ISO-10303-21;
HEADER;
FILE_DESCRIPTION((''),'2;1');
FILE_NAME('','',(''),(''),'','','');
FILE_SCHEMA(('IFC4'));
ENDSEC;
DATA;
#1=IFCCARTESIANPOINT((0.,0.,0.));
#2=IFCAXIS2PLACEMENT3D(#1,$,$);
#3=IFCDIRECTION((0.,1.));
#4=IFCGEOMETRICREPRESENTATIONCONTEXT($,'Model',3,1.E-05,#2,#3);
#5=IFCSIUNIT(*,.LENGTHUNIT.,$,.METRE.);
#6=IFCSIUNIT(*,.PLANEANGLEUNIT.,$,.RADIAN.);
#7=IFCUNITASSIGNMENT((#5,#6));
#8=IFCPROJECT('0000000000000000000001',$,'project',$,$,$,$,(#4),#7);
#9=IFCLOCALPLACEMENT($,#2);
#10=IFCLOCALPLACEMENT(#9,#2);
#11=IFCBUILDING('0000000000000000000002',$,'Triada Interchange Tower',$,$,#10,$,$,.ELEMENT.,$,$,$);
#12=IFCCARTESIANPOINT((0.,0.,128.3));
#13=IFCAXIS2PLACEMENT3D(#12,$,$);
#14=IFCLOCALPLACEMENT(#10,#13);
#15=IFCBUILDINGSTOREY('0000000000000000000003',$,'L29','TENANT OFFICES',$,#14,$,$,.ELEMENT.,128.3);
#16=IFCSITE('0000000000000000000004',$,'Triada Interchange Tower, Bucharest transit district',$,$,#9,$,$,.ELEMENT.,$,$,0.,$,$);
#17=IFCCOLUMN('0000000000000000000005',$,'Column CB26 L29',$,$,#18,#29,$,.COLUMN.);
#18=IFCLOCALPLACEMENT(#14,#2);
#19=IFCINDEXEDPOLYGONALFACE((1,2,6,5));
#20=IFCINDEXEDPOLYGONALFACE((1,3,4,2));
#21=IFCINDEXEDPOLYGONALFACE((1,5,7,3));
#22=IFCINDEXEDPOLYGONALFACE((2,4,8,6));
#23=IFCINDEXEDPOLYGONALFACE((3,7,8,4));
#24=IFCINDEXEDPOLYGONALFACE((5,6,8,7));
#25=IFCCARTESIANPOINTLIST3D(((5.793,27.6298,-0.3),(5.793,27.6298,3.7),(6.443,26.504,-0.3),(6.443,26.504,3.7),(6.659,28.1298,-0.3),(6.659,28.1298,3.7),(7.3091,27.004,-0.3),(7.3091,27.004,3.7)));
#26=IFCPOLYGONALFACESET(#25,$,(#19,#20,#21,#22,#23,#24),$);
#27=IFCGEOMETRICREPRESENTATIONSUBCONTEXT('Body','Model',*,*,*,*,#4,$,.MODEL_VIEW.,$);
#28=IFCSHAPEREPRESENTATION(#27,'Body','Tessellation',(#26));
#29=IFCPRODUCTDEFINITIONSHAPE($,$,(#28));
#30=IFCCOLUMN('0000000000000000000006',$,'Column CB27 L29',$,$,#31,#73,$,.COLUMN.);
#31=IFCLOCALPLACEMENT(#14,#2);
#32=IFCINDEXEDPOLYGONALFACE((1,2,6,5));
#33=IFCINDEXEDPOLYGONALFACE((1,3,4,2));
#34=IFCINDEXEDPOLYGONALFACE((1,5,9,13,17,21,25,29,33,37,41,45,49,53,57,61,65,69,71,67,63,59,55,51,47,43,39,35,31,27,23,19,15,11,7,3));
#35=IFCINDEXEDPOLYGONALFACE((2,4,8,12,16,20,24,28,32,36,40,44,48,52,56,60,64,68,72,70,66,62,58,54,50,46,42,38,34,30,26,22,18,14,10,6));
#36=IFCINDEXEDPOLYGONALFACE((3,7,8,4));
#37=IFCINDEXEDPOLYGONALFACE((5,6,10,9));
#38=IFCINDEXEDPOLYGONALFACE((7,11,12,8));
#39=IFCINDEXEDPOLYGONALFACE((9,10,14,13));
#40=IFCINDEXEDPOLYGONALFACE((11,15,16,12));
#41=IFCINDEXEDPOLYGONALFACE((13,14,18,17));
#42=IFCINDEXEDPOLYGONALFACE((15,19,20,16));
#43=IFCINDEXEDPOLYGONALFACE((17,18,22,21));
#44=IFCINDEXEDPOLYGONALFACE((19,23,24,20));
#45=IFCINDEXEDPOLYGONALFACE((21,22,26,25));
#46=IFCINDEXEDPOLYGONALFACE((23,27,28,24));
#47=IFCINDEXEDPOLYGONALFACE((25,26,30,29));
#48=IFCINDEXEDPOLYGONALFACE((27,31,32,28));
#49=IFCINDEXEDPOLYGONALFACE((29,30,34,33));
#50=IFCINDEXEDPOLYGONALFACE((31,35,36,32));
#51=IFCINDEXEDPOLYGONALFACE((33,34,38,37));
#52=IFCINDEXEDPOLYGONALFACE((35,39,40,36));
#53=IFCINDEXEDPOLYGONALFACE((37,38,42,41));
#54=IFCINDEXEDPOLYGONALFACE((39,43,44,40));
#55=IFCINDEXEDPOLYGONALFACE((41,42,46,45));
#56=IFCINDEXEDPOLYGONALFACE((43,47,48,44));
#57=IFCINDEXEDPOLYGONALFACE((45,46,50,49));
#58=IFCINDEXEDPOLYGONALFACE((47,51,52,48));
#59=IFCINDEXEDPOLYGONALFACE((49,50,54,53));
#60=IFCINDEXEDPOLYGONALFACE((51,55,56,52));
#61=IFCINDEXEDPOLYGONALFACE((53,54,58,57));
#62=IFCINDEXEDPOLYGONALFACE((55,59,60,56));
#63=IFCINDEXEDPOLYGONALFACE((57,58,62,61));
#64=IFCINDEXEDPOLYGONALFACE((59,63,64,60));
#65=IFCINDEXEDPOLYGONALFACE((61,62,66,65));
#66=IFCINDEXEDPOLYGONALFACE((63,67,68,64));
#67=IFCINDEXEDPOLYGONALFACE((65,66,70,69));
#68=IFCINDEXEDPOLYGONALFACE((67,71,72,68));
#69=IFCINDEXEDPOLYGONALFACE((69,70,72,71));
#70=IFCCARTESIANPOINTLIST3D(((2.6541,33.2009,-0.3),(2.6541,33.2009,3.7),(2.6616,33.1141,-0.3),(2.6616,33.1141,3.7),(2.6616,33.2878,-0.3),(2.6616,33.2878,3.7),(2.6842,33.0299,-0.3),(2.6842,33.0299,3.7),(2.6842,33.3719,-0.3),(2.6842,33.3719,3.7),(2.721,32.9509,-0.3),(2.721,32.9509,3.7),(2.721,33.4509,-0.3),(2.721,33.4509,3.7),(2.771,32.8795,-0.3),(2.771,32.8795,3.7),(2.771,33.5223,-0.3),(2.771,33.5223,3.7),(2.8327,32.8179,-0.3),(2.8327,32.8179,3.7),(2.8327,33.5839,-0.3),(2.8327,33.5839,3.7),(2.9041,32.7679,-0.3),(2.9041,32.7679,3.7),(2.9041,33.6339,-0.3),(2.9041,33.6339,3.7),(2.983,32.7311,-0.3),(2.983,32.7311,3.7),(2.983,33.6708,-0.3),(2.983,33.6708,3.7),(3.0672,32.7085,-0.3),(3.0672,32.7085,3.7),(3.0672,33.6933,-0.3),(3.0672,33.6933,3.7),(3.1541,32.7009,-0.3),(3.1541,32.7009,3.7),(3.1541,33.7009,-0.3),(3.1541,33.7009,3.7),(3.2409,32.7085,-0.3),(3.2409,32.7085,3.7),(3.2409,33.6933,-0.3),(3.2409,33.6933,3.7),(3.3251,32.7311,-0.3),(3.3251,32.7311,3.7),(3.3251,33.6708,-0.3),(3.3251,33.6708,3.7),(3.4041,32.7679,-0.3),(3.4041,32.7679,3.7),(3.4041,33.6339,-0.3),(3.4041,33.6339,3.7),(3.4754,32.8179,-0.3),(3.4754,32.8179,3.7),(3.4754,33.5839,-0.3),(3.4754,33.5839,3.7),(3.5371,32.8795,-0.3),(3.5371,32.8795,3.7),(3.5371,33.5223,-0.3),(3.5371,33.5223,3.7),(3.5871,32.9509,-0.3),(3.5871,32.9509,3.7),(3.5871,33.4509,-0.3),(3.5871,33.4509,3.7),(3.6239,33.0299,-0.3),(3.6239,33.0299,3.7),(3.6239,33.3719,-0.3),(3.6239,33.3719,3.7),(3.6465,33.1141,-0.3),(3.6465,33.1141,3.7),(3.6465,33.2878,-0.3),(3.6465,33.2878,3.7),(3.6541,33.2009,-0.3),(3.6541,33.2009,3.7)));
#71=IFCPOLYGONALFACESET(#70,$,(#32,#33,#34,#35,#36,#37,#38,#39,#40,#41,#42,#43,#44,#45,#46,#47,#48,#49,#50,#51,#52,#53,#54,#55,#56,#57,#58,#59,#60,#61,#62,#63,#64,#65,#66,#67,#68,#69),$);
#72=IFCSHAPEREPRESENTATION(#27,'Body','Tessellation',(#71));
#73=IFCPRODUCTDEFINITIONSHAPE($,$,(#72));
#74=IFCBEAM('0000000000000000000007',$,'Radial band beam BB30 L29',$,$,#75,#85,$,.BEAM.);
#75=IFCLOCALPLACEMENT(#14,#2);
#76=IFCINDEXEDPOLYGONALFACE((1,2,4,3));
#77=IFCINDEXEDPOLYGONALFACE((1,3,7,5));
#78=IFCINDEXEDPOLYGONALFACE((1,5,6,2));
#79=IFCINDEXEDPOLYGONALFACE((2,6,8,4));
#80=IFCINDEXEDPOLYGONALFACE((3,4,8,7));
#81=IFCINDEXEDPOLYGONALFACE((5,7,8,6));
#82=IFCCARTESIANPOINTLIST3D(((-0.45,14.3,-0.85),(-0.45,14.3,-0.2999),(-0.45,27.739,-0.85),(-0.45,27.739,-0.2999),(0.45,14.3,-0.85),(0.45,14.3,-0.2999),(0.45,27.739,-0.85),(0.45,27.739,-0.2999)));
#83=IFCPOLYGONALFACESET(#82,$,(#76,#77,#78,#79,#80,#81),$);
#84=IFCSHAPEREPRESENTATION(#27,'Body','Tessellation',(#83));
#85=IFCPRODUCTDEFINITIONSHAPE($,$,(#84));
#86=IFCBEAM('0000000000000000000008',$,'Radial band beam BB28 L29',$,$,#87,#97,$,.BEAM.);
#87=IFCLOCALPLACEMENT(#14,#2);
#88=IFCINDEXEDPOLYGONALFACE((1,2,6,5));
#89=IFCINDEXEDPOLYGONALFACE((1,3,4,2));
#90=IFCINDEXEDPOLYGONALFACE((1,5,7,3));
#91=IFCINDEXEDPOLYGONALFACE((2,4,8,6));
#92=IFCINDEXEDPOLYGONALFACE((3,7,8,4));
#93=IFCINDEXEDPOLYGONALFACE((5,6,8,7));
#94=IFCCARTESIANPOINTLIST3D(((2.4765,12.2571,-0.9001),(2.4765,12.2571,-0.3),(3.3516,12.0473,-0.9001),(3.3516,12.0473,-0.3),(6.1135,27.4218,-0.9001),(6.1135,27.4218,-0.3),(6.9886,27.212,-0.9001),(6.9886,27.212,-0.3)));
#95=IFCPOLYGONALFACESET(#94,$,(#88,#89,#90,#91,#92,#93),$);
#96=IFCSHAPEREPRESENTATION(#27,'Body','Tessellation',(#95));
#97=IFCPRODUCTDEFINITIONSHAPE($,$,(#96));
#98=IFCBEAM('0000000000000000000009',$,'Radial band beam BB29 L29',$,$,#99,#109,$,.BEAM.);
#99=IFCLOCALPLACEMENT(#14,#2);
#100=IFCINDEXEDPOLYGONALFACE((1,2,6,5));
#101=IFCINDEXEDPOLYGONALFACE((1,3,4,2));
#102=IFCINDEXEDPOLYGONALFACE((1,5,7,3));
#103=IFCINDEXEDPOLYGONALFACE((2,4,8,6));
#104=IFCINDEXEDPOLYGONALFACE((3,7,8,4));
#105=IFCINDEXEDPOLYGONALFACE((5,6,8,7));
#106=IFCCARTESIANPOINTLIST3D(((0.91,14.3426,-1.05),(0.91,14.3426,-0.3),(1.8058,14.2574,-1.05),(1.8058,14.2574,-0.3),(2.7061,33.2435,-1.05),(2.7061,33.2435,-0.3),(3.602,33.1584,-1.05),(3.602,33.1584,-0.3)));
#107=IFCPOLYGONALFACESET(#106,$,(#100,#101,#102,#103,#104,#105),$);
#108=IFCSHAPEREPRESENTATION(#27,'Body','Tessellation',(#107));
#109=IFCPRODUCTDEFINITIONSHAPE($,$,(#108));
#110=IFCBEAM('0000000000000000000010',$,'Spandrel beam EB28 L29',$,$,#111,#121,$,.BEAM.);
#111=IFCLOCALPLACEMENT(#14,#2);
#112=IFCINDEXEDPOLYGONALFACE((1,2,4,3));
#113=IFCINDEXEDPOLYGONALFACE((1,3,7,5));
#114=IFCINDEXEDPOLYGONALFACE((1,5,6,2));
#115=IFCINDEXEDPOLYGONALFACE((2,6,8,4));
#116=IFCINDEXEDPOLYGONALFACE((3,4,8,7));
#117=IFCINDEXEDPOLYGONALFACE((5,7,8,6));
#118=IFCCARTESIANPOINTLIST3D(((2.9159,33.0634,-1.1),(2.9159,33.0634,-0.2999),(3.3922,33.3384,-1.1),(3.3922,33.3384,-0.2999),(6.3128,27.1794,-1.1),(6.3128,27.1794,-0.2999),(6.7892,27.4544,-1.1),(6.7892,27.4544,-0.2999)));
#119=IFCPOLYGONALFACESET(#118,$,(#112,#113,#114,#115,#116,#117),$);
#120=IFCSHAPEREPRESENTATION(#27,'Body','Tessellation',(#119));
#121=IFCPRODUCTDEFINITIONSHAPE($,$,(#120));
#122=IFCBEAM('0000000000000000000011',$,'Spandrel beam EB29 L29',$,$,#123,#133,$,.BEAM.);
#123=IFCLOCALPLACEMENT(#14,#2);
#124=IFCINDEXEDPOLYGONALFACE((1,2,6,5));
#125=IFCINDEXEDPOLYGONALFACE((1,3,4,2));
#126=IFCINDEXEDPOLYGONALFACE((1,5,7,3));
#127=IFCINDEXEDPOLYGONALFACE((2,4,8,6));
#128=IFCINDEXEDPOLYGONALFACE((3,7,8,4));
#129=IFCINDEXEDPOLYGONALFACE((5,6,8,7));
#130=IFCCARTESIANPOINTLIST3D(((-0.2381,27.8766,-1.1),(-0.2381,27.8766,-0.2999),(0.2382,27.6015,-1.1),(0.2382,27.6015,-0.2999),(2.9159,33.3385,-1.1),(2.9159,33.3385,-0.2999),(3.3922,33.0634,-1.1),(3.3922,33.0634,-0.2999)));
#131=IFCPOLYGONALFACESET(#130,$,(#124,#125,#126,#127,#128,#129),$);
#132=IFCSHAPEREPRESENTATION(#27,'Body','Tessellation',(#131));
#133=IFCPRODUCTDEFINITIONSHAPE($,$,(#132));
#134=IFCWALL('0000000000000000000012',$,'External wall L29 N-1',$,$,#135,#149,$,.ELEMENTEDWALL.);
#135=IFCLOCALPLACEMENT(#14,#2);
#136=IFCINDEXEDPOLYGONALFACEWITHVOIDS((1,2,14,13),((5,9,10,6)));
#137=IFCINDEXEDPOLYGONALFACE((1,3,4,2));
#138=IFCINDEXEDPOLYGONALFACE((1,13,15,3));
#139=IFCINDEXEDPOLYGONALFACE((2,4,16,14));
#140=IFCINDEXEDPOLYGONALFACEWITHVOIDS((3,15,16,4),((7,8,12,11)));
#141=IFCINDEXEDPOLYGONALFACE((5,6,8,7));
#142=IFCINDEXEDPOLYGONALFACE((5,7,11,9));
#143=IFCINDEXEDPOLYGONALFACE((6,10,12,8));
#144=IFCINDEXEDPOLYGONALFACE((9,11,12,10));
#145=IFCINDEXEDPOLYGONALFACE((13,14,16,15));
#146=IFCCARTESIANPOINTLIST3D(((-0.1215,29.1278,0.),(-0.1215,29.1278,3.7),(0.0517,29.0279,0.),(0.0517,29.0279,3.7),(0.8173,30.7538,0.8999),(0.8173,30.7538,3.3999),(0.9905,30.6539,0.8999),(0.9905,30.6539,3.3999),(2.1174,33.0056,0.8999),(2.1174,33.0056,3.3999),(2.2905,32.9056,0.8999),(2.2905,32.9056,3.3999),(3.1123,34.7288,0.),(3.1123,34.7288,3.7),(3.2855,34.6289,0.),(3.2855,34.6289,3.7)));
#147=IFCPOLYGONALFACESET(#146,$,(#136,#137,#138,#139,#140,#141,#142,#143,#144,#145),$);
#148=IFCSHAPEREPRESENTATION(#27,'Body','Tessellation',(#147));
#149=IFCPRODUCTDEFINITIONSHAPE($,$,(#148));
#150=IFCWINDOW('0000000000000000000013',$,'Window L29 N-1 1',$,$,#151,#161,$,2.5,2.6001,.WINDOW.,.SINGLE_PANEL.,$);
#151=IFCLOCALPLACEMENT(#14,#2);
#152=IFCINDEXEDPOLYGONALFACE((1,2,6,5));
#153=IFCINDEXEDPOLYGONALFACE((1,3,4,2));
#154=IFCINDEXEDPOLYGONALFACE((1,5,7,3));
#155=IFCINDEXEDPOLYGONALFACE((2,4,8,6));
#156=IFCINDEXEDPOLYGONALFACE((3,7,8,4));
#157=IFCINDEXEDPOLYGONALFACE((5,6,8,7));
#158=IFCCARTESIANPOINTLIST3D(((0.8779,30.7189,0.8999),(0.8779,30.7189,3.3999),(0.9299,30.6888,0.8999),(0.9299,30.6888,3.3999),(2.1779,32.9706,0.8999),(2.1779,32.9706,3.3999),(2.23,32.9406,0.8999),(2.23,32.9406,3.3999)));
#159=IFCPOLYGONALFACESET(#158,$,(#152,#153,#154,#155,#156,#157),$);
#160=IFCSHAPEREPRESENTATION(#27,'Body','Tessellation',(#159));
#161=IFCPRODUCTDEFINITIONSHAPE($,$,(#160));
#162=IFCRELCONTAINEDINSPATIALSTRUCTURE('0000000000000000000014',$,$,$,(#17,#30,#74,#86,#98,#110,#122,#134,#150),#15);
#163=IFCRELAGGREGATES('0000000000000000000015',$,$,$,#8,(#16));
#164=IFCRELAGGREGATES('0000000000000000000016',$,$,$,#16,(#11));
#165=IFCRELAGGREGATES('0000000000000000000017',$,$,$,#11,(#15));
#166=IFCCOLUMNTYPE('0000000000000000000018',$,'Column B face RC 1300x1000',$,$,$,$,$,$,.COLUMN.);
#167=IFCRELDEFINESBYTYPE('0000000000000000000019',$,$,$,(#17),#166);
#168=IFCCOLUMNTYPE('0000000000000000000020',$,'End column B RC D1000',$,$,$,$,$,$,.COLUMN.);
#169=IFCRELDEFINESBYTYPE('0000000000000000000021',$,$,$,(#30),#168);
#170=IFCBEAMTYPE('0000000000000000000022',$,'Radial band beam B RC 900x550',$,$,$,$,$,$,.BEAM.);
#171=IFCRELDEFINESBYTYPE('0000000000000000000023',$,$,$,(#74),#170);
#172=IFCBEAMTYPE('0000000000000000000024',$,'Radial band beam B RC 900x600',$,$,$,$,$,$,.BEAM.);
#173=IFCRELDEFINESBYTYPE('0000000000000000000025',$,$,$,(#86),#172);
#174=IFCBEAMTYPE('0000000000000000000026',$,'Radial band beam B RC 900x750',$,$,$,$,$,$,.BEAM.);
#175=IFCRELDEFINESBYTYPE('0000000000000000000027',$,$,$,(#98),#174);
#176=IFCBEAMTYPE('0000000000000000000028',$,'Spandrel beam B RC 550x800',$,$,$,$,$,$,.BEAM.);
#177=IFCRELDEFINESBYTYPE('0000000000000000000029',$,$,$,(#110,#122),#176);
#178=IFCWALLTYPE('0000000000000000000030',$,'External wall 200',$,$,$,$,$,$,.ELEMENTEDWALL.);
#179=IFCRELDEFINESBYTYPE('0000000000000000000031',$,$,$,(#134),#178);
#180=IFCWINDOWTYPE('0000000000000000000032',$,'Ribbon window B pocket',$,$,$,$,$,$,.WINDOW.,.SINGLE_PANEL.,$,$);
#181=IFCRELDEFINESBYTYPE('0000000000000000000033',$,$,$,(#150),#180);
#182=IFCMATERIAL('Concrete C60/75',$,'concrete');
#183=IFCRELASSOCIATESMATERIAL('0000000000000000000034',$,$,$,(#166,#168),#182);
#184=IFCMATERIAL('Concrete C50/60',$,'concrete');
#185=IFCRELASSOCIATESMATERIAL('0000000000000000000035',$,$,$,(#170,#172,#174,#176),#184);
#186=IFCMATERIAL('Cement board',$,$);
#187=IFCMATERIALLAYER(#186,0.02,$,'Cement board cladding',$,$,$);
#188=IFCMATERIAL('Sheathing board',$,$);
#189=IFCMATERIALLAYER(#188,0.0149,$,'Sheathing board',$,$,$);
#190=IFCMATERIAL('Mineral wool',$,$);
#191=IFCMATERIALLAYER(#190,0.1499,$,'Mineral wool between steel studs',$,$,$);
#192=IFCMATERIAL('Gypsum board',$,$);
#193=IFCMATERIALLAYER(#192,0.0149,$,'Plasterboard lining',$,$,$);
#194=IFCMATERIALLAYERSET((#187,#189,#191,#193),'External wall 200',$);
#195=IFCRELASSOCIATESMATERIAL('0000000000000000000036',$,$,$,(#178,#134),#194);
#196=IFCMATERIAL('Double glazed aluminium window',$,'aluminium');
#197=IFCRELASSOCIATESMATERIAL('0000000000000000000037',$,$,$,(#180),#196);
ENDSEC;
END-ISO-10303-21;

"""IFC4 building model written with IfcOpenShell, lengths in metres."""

from ifc_helpers import new_model, si_unit, direction, frame, frame_2d, origin, origin_2d, place, context, subcontext, project, spatial, rectangle, circle, extrude, material, layer, layer_set, layer_usage, material_profile, profile_set, type_object, element, fill, save


model = new_model("IFC4")

# Units and contexts
model_context = context("Model", 3, precision=1e-05, world=origin(), true_north=direction((0.0, 1.0)))
body_context = subcontext(model_context, "Body", "Model", "MODEL_VIEW")
ifc_project = project(units=[si_unit("LENGTHUNIT", "METRE"), si_unit("PLANEANGLEUNIT", "RADIAN")], contexts=[model_context])

# Site, building, storey
site_placement = place(None, origin())
site = spatial("IfcSite", under=ifc_project, at=site_placement, Name="Triada Interchange Tower, Bucharest transit district", CompositionType="ELEMENT", RefElevation=0.0)
building_placement = place(site_placement, origin())
building = spatial("IfcBuilding", under=site, at=building_placement, Name="Triada Interchange Tower", CompositionType="ELEMENT")
storey_placement = place(building_placement, frame((0.0, 0.0, 128.3)))
storey = spatial("IfcBuildingStorey", under=building, at=storey_placement, Name="L29", Description="TENANT OFFICES", CompositionType="ELEMENT", Elevation=128.3)

# Columns
ifc_material_1 = material(Name="Concrete C60/75", Category="concrete")
ifc_material_profile_1 = material_profile(ifc_material_1, rectangle(XDim=1.3, YDim=1.0, at=origin_2d()), Name="RC 1300x1000")
ifc_profile_set_1 = profile_set([ifc_material_profile_1], Name="Concrete C60/75")
column_type_1 = type_object("IfcColumnType", Name="Column B face RC 1300x1000", PredefinedType="COLUMN", material=ifc_profile_set_1)
column_1_placement = place(storey_placement, frame((6.551, 27.3169, -0.3), z_axis=(0.0, 0.0, 1.0), x_axis=(-0.5, 0.866025, 0.0)))
element("IfcColumn", 1, at=column_1_placement, inside=storey, type_object=column_type_1, Name="Column CB26 L29", PredefinedType="COLUMN", context=body_context, shape_type="SweptSolid", body=[
    extrude(rectangle(XDim=1.3, YDim=1.0, at=origin_2d()), origin(), (0.0, 0.0, 1.0), 4.0),
])
ifc_material_profile_2 = material_profile(ifc_material_1, circle(Radius=0.5, at=origin_2d()), Name="RC D1000")
ifc_profile_set_2 = profile_set([ifc_material_profile_2], Name="Concrete C60/75")
column_type_2 = type_object("IfcColumnType", Name="End column B RC D1000", PredefinedType="COLUMN", material=ifc_profile_set_2)
column_2_placement = place(storey_placement, frame((3.1541, 33.2009, -0.3), z_axis=(0.0, 0.0, 1.0), x_axis=(-0.5, 0.866025, 0.0)))
element("IfcColumn", 2, at=column_2_placement, inside=storey, type_object=column_type_2, Name="Column CB27 L29", PredefinedType="COLUMN", context=body_context, shape_type="SweptSolid", body=[
    extrude(circle(Radius=0.5, at=origin_2d()), origin(), (0.0, 0.0, 1.0), 4.0),
])

# Beams
ifc_material_2 = material(Name="Concrete C50/60", Category="concrete")
ifc_material_profile_3 = material_profile(ifc_material_2, rectangle(XDim=0.8999, YDim=0.55, at=origin_2d()), Name="RC 900x550")
ifc_profile_set_3 = profile_set([ifc_material_profile_3], Name="Concrete C50/60")
beam_type_1 = type_object("IfcBeamType", Name="Radial band beam B RC 900x550", PredefinedType="BEAM", material=ifc_profile_set_3)
beam_1_placement = place(storey_placement, frame((0.0, 27.739, -0.575), z_axis=(0.0, -1.0, 0.0), x_axis=(1.0, 0.0, 0.0)))
element("IfcBeam", 3, at=beam_1_placement, inside=storey, type_object=beam_type_1, Name="Radial band beam BB30 L29", PredefinedType="BEAM", context=body_context, shape_type="SweptSolid", body=[
    extrude(rectangle(XDim=0.8999, YDim=0.55, at=origin_2d()), origin(), (0.0, 0.0, 1.0), 13.439),
])
ifc_material_profile_4 = material_profile(ifc_material_2, rectangle(XDim=0.8999, YDim=0.6001, at=origin_2d()), Name="RC 900x600")
ifc_profile_set_4 = profile_set([ifc_material_profile_4], Name="Concrete C50/60")
beam_type_2 = type_object("IfcBeamType", Name="Radial band beam B RC 900x600", PredefinedType="BEAM", material=ifc_profile_set_4)
beam_2_placement = place(storey_placement, frame((6.551, 27.3169, -0.6001), z_axis=(-0.233216, -0.972425, 0.0), x_axis=(0.972425, -0.233216, 0.0)))
element("IfcBeam", 4, at=beam_2_placement, inside=storey, type_object=beam_type_2, Name="Radial band beam BB28 L29", PredefinedType="BEAM", context=body_context, shape_type="SweptSolid", body=[
    extrude(rectangle(XDim=0.8999, YDim=0.6001, at=origin_2d()), origin(), (0.0, 0.0, 1.0), 15.5947),
])
ifc_material_profile_5 = material_profile(ifc_material_2, rectangle(XDim=0.8999, YDim=0.75, at=origin_2d()), Name="RC 900x750")
ifc_profile_set_5 = profile_set([ifc_material_profile_5], Name="Concrete C50/60")
beam_type_3 = type_object("IfcBeamType", Name="Radial band beam B RC 900x750", PredefinedType="BEAM", material=ifc_profile_set_5)
beam_3_placement = place(storey_placement, frame((3.1541, 33.2009, -0.675), z_axis=(-0.094603, -0.995515, 0.0), x_axis=(0.995515, -0.094603, 0.0)))
element("IfcBeam", 5, at=beam_3_placement, inside=storey, type_object=beam_type_3, Name="Radial band beam BB29 L29", PredefinedType="BEAM", context=body_context, shape_type="SweptSolid", body=[
    extrude(rectangle(XDim=0.8999, YDim=0.75, at=origin_2d()), origin(), (0.0, 0.0, 1.0), 18.9861),
])
ifc_material_profile_6 = material_profile(ifc_material_2, rectangle(XDim=0.55, YDim=0.8, at=origin_2d()), Name="RC 550x800")
ifc_profile_set_6 = profile_set([ifc_material_profile_6], Name="Concrete C50/60")
beam_type_4 = type_object("IfcBeamType", Name="Spandrel beam B RC 550x800", PredefinedType="BEAM", material=ifc_profile_set_6)
beam_4_placement = place(storey_placement, frame((6.551, 27.3169, -0.7), z_axis=(-0.499981, 0.866037, 0.0), x_axis=(-0.866037, -0.499981, 0.0)))
element("IfcBeam", 6, at=beam_4_placement, inside=storey, type_object=beam_type_4, Name="Spandrel beam EB28 L29", PredefinedType="BEAM", context=body_context, shape_type="SweptSolid", body=[
    extrude(rectangle(XDim=0.55, YDim=0.8, at=origin_2d()), origin(), (0.0, 0.0, 1.0), 6.7942),
])
beam_5_placement = place(storey_placement, frame((3.1541, 33.2009, -0.7), z_axis=(-0.500073, -0.865983, 0.0), x_axis=(0.865983, -0.500073, 0.0)))
element("IfcBeam", 7, at=beam_5_placement, inside=storey, type_object=beam_type_4, Name="Spandrel beam EB29 L29", PredefinedType="BEAM", context=body_context, shape_type="SweptSolid", body=[
    extrude(rectangle(XDim=0.55, YDim=0.8, at=origin_2d()), origin(), (0.0, 0.0, 1.0), 6.3071),
])

# Wall, opening, window
ifc_material_3 = material(Name="Cement board")
ifc_layer_1 = layer(ifc_material_3, 0.02, Name="Cement board cladding")
ifc_material_4 = material(Name="Sheathing board")
ifc_layer_2 = layer(ifc_material_4, 0.0149, Name="Sheathing board")
ifc_material_5 = material(Name="Mineral wool")
ifc_layer_3 = layer(ifc_material_5, 0.1499, Name="Mineral wool between steel studs")
ifc_material_6 = material(Name="Gypsum board")
ifc_layer_4 = layer(ifc_material_6, 0.0149, Name="Plasterboard lining")
ifc_layer_set_1 = layer_set([ifc_layer_1, ifc_layer_2, ifc_layer_3, ifc_layer_4], Name="External wall 200")
ifc_layer_usage = layer_usage(ifc_layer_set_1, "AXIS2", "POSITIVE", -0.1001)
wall_type_1 = type_object("IfcWallType", Name="External wall 200", PredefinedType="ELEMENTEDWALL", material=ifc_layer_set_1)
wall_1_placement = place(storey_placement, frame((3.199, 34.679, 0.0), z_axis=(0.0, 0.0, 1.0), x_axis=(-0.500012, -0.866018, 0.0)))
wall_1 = element("IfcWall", 8, at=wall_1_placement, inside=storey, type_object=wall_type_1, material=ifc_layer_usage, Name="External wall L29 N-1", PredefinedType="ELEMENTEDWALL", context=body_context, shape_type="SweptSolid", body=[
    extrude(rectangle(XDim=6.4675, YDim=0.2, at=frame_2d((3.2339, 0.0))), origin(), (0.0, 0.0, 1.0), 3.7),
])
opening_1_placement = place(wall_1_placement, frame((1.99, 0.0, 0.8999)))
opening_1 = element("IfcOpeningElement", 9, at=opening_1_placement, cuts=wall_1, PredefinedType="OPENING", context=body_context, shape_type="SweptSolid", body=[
    extrude(rectangle(XDim=2.6001, YDim=2.5, at=frame_2d((1.3, 1.25))), frame((0.0, 0.1099, 0.0), z_axis=(0.0, -1.0, 0.0), x_axis=(1.0, 0.0, 0.0)), (0.0, 0.0, 1.0), 0.22),
])
ifc_material_7 = material(Name="Double glazed aluminium window", Category="aluminium")
window_type = type_object("IfcWindowType", Name="Ribbon window B pocket", PartitioningType="SINGLE_PANEL", PredefinedType="WINDOW", material=ifc_material_7)
window_1_placement = place(opening_1_placement, origin())
window_1 = element("IfcWindow", 10, at=window_1_placement, inside=storey, type_object=window_type, Name="Window L29 N-1 1", OverallHeight=2.5, OverallWidth=2.6001, PartitioningType="SINGLE_PANEL", PredefinedType="WINDOW", context=body_context, shape_type="SweptSolid", body=[
    extrude(rectangle(XDim=2.6001, YDim=2.5, at=frame_2d((1.3, 1.25))), frame((0.0, 0.03, 0.0), z_axis=(0.0, -1.0, 0.0), x_axis=(1.0, 0.0, 0.0)), (0.0, 0.0, 1.0), 0.0601),
])
fill(opening_1, window_1)

save(model, "model.ifc")
